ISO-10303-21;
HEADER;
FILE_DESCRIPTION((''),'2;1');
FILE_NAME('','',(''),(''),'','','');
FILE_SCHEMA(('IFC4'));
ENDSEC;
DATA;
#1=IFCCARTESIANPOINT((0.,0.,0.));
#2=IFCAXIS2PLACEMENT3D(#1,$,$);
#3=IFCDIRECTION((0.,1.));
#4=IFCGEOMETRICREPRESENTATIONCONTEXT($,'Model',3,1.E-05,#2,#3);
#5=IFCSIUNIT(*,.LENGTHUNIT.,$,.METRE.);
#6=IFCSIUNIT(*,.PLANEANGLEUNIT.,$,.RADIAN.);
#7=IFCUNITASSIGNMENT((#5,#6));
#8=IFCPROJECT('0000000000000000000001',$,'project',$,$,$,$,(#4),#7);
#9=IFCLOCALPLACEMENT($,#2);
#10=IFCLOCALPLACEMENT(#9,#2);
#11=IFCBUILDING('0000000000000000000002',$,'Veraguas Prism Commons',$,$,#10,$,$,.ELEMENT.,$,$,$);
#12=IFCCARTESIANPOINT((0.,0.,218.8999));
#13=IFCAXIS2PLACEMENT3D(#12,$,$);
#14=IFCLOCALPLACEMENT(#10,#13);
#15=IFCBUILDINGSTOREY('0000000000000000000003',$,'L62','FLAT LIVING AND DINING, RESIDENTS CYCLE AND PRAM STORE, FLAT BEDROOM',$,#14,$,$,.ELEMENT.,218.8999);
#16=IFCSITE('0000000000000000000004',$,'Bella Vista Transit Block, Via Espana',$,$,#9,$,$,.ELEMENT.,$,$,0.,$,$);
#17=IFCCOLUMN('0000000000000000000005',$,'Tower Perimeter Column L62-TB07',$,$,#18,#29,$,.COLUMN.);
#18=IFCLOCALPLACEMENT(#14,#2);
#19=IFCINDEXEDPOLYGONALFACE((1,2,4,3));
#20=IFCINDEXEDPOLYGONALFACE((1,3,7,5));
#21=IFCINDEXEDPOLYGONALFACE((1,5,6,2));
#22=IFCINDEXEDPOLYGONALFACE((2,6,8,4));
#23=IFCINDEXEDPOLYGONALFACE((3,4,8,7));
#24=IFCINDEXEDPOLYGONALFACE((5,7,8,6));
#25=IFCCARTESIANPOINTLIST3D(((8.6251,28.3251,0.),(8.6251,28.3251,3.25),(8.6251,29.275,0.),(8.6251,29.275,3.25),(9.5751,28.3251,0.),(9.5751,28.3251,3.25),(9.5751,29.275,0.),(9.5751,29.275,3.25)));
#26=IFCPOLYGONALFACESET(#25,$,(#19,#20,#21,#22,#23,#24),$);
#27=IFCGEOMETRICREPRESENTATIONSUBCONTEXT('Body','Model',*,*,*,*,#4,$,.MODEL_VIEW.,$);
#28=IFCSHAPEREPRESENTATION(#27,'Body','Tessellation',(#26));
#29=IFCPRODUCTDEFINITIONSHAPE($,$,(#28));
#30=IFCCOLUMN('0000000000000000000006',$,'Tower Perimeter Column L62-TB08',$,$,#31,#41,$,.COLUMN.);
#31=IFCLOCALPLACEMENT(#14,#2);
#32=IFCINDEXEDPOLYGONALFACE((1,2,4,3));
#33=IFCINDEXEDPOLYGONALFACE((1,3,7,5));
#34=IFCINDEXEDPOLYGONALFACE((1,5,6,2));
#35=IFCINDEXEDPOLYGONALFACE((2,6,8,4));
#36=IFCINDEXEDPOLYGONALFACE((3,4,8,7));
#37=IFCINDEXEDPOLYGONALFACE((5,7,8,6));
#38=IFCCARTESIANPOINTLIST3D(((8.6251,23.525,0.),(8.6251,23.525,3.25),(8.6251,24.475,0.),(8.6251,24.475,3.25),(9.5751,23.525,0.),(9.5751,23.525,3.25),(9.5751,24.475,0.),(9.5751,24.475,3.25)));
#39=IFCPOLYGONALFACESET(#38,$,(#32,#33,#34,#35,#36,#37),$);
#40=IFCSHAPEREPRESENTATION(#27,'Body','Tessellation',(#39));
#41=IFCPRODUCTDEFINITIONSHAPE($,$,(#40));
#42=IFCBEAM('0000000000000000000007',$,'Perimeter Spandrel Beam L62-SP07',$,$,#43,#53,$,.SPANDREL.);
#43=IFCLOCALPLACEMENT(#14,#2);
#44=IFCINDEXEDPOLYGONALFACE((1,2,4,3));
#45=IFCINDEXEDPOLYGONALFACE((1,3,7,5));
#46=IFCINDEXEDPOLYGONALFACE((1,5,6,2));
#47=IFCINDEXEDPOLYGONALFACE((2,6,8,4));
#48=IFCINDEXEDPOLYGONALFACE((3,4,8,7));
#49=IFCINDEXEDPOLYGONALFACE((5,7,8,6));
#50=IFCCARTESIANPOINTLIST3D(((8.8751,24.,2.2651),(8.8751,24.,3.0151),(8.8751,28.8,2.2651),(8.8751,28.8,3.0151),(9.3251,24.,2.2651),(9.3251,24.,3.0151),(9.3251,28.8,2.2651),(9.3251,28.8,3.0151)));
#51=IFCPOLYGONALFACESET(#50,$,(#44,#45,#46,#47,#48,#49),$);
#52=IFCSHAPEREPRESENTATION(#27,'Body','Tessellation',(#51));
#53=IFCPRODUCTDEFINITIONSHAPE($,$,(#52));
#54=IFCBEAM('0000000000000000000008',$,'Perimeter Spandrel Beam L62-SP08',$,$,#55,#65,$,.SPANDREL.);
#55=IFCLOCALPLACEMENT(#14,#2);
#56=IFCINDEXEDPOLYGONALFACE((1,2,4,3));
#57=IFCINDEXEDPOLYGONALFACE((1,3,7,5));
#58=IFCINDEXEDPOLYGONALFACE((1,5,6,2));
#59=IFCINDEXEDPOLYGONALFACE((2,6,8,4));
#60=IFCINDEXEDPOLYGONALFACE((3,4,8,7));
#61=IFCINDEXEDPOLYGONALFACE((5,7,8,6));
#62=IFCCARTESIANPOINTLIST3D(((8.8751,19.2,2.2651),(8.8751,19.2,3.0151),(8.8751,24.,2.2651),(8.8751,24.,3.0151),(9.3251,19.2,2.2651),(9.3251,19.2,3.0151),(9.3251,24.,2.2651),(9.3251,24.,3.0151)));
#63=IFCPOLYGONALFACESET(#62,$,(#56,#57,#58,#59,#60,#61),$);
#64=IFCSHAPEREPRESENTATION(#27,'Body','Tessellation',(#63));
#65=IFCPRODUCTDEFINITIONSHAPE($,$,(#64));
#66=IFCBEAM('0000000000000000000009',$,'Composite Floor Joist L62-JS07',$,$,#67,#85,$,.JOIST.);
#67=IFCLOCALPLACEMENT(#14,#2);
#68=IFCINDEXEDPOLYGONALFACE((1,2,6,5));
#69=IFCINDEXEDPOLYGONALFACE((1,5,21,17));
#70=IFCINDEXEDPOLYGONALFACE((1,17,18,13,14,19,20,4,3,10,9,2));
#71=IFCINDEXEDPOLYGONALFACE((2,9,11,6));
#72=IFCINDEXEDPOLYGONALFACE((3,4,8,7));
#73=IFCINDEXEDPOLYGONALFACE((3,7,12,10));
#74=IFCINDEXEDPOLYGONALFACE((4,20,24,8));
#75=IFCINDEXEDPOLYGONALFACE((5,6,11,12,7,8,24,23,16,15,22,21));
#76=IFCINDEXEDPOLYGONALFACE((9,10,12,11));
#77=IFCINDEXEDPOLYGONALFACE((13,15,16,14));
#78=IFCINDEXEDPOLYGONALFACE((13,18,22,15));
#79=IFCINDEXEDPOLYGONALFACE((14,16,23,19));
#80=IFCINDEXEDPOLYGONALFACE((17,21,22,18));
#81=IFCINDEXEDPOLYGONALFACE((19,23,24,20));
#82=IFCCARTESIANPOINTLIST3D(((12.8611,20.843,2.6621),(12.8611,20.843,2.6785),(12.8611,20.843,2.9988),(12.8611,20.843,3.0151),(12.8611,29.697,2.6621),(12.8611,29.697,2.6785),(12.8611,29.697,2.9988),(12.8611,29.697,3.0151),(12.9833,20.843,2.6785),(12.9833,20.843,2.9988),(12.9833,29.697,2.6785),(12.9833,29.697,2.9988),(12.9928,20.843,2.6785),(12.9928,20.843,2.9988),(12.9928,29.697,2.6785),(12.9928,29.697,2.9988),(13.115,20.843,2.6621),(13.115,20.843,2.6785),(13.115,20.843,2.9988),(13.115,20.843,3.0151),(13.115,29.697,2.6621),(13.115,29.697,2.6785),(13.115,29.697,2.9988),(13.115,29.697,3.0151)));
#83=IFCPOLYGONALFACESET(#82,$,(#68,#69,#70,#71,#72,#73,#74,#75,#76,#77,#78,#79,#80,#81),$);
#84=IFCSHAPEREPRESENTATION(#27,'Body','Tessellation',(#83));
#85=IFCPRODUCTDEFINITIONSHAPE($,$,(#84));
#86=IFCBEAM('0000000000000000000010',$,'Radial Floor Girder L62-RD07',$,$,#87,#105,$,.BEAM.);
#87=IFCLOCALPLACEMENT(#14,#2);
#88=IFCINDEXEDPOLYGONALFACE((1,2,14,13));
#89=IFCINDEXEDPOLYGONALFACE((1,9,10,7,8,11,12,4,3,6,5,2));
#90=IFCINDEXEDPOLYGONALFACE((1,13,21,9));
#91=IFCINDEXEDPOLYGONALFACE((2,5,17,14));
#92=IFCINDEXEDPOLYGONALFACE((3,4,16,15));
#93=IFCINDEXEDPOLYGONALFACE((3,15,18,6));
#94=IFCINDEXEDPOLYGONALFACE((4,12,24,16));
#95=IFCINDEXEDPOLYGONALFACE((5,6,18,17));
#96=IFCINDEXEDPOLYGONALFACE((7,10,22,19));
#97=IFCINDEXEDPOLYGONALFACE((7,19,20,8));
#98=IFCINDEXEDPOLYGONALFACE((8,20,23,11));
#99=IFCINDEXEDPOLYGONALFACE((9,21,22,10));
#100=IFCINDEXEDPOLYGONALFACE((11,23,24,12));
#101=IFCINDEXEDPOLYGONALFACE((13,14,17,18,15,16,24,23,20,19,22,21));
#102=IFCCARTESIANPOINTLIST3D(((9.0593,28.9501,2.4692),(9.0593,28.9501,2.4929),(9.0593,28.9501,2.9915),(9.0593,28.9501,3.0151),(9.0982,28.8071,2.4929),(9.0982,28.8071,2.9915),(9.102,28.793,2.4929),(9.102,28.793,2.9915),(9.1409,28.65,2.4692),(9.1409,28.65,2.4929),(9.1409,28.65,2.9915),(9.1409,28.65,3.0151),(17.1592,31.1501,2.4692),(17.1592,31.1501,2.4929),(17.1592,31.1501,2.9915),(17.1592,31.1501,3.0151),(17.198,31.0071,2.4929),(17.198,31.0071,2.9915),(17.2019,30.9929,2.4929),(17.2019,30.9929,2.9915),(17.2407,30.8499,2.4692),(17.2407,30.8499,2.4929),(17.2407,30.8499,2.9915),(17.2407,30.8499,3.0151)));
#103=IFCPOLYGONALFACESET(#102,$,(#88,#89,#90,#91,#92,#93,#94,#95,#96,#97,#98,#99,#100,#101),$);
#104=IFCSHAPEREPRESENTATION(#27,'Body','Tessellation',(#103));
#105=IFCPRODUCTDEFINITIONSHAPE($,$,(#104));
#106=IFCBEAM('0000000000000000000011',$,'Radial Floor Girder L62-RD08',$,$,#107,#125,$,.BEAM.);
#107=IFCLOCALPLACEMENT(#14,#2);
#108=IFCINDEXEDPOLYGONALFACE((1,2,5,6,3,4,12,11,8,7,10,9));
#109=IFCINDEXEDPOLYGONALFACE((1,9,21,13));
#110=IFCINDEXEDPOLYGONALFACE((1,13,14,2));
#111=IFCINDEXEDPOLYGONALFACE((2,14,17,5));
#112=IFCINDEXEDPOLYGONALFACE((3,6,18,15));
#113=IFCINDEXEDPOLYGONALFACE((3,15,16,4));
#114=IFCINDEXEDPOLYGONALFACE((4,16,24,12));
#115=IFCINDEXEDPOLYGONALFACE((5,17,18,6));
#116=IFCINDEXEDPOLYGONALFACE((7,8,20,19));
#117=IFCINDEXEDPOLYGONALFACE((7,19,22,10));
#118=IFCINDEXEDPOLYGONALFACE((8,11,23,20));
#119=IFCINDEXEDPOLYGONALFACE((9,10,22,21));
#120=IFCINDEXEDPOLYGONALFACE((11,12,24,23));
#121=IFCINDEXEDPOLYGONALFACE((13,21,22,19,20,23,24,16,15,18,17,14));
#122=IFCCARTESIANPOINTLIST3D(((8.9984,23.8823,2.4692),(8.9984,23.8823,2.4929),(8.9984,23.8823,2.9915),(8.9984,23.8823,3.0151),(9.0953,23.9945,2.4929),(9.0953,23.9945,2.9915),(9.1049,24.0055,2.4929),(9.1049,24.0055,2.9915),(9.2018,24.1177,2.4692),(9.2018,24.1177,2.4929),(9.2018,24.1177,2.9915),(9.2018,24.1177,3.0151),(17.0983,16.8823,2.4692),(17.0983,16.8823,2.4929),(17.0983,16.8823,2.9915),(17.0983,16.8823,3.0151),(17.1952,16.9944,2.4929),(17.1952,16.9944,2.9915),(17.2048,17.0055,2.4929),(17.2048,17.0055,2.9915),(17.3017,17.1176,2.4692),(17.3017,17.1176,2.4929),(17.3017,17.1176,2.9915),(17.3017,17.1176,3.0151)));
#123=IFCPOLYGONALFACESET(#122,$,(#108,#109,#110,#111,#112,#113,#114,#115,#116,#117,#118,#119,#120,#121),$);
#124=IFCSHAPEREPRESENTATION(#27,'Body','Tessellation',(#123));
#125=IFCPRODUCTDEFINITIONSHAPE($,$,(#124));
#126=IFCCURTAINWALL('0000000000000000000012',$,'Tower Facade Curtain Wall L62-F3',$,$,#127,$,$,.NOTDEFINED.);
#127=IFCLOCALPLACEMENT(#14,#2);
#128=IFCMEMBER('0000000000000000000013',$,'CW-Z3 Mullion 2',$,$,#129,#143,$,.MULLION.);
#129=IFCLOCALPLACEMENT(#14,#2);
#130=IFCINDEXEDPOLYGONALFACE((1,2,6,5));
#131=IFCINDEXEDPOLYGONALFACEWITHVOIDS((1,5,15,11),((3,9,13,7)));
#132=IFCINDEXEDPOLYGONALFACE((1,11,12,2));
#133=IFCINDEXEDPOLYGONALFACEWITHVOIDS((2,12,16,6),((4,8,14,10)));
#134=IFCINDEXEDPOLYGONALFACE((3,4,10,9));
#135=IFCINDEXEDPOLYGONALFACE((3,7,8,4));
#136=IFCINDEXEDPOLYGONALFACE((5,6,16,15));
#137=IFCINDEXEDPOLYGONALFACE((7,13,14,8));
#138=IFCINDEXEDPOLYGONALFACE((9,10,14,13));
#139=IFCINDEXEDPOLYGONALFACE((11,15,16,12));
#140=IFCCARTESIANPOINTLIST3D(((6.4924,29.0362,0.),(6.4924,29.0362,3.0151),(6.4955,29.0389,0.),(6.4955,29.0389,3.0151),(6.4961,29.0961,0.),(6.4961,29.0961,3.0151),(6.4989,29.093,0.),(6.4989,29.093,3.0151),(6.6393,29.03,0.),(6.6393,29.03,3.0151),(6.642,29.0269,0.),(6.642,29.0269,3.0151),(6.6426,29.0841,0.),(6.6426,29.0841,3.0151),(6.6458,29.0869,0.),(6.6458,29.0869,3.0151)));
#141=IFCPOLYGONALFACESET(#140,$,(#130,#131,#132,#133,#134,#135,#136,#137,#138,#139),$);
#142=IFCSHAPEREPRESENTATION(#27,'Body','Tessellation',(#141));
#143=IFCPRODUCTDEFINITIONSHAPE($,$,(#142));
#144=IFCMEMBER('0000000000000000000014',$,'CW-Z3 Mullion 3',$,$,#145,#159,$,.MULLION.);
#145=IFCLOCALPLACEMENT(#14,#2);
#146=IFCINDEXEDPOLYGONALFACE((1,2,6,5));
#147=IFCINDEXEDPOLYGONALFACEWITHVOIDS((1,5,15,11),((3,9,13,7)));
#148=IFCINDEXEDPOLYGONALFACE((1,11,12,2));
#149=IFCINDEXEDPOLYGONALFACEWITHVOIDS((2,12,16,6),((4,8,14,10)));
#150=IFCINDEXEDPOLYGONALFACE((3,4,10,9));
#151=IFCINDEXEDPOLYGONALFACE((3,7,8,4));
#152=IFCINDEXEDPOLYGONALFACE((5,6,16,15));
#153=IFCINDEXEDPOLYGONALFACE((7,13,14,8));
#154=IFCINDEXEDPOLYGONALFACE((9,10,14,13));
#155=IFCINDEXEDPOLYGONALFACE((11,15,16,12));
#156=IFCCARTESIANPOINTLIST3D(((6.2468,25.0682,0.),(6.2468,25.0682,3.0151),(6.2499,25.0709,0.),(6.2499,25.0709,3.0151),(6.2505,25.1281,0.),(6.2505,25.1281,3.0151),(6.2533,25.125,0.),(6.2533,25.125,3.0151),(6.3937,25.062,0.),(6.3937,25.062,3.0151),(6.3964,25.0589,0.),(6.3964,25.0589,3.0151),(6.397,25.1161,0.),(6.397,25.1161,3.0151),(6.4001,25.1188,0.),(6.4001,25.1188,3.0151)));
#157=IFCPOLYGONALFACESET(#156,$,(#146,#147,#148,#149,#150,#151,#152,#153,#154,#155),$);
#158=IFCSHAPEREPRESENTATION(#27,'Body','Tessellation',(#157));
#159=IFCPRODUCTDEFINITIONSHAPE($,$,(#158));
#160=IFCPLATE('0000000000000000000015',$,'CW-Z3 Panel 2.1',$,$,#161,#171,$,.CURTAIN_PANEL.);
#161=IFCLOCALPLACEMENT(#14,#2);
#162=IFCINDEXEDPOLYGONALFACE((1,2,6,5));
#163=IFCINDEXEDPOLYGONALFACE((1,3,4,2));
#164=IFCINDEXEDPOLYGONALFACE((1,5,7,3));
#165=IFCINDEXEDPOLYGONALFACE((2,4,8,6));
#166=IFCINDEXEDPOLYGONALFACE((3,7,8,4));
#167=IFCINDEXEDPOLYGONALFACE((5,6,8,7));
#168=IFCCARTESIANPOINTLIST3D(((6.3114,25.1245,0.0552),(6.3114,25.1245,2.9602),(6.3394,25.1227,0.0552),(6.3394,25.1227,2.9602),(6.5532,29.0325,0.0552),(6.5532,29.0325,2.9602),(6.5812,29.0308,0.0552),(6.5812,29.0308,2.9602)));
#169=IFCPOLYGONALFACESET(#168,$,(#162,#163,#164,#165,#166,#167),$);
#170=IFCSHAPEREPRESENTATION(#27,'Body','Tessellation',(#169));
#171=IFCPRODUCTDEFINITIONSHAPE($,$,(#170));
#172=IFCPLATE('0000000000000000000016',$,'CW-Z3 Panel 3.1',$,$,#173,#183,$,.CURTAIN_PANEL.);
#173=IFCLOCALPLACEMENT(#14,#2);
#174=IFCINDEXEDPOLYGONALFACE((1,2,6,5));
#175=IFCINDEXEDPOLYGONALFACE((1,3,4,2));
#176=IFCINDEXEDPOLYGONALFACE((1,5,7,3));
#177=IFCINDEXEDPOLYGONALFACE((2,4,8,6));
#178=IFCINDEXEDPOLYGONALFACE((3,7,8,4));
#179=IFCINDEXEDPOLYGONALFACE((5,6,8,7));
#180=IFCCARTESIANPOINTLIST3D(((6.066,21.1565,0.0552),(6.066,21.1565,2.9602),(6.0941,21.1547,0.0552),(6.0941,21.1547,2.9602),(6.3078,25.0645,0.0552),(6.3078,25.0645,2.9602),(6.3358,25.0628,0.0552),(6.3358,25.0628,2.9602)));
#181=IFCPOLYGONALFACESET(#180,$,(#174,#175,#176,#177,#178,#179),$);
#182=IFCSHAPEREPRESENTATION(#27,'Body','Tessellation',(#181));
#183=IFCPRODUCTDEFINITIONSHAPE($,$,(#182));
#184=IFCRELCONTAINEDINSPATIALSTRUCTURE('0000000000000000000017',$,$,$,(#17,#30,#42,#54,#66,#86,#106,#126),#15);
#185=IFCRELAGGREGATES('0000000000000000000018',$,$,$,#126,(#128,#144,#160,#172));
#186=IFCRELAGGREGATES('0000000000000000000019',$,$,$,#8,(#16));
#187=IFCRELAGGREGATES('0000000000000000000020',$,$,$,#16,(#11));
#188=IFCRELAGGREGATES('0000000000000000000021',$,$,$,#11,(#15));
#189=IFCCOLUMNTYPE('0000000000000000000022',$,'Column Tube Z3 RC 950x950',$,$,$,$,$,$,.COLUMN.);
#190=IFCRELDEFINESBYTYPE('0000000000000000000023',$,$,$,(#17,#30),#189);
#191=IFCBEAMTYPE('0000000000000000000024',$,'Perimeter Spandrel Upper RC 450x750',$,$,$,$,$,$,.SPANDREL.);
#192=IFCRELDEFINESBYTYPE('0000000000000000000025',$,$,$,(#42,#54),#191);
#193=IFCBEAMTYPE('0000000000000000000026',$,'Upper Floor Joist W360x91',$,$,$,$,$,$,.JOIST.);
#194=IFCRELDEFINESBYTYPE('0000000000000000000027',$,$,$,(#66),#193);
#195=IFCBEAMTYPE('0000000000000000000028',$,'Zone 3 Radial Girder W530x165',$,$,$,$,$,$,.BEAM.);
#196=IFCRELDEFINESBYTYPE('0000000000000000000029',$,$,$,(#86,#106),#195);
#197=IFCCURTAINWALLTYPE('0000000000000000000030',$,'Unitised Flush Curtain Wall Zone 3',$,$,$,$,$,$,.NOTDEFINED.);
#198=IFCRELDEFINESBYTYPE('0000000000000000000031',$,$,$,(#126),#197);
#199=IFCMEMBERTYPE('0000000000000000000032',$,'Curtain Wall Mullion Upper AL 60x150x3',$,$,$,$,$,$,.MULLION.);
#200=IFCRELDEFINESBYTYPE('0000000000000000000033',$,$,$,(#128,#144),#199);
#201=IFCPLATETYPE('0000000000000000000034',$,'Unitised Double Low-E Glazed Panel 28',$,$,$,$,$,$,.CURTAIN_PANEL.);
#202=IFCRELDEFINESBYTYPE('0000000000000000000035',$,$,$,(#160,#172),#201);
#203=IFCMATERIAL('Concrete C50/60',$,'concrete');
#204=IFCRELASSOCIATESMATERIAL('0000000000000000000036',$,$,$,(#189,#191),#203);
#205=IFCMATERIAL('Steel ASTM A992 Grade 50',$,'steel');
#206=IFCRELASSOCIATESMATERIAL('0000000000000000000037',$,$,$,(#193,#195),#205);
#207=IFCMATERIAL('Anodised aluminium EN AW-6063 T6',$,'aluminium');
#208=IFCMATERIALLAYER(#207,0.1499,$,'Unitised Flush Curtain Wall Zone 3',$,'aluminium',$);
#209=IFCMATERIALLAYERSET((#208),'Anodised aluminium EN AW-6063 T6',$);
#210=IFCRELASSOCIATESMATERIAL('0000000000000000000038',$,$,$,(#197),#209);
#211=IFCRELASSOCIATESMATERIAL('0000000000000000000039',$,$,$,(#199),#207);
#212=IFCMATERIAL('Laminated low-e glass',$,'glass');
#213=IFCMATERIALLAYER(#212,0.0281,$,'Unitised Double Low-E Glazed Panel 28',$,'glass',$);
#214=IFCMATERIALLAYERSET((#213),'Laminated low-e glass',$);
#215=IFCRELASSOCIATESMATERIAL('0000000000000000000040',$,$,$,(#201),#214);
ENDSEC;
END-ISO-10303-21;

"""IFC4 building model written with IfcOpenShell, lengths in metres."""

from ifc_helpers import new_model, si_unit, direction, frame, origin, origin_2d, place, context, subcontext, project, spatial, rectangle, hollow_rectangle, i_section, extrude, source, transform, mapped, material, layer, layer_set, material_profile, profile_set, type_object, element, aggregate, save


model = new_model("IFC4")

# Units and contexts
model_context = context("Model", 3, precision=1e-05, world=origin(), true_north=direction((0.0, 1.0)))
body_context = subcontext(model_context, "Body", "Model", "MODEL_VIEW")
ifc_project = project(units=[si_unit("LENGTHUNIT", "METRE"), si_unit("PLANEANGLEUNIT", "RADIAN")], contexts=[model_context])

# Site, building, storey
site_placement = place(None, origin())
site = spatial("IfcSite", under=ifc_project, at=site_placement, Name="Bella Vista Transit Block, Via Espana", CompositionType="ELEMENT", RefElevation=0.0)
building_placement = place(site_placement, origin())
building = spatial("IfcBuilding", under=site, at=building_placement, Name="Veraguas Prism Commons", CompositionType="ELEMENT")
storey_placement = place(building_placement, frame((0.0, 0.0, 218.8999)))
storey = spatial("IfcBuildingStorey", under=building, at=storey_placement, Name="L62", Description="FLAT LIVING AND DINING, RESIDENTS CYCLE AND PRAM STORE, FLAT BEDROOM", CompositionType="ELEMENT", Elevation=218.8999)

# Columns
ifc_material_1 = material(Name="Concrete C50/60", Category="concrete")
ifc_material_profile_1 = material_profile(ifc_material_1, rectangle(XDim=0.95, YDim=0.95, at=origin_2d()), Name="RC950X950")
ifc_profile_set_1 = profile_set([ifc_material_profile_1], Name="Concrete C50/60")
column_type = type_object("IfcColumnType", Name="Column Tube Z3 RC 950x950", PredefinedType="COLUMN", material=ifc_profile_set_1)
for number, where, z_axis, x_axis, name in (
    (1, (9.1001, 28.8, 0.0), (0.0, 0.0, 1.0), (1.0, 0.0, 0.0), "Tower Perimeter Column L62-TB07"),
    (2, (9.1001, 24.0, 0.0), (0.0, 0.0, 1.0), (1.0, 0.0, 0.0), "Tower Perimeter Column L62-TB08"),
):
    element("IfcColumn", number, at=place(storey_placement, frame(where, z_axis=z_axis, x_axis=x_axis)), inside=storey, type_object=column_type, Name=name, PredefinedType="COLUMN", context=body_context, shape_type="SweptSolid", body=[
        extrude(rectangle(XDim=0.95, YDim=0.95, at=origin_2d()), origin(), (0.0, 0.0, 1.0), 3.25),
    ])

# Beams
ifc_material_profile_2 = material_profile(ifc_material_1, rectangle(XDim=0.45, YDim=0.75, at=origin_2d()), Name="RC450X750")
ifc_profile_set_2 = profile_set([ifc_material_profile_2], Name="Concrete C50/60")
beam_type_1 = type_object("IfcBeamType", Name="Perimeter Spandrel Upper RC 450x750", PredefinedType="SPANDREL", material=ifc_profile_set_2)
for number, where, z_axis, x_axis, name in (
    (3, (9.1001, 28.8, 2.6401), (0.0, -1.0, 0.0), (1.0, 0.0, 0.0), "Perimeter Spandrel Beam L62-SP07"),
    (4, (9.1001, 24.0, 2.6401), (0.0, -1.0, 0.0), (1.0, 0.0, 0.0), "Perimeter Spandrel Beam L62-SP08"),
):
    element("IfcBeam", number, at=place(storey_placement, frame(where, z_axis=z_axis, x_axis=x_axis)), inside=storey, type_object=beam_type_1, Name=name, PredefinedType="SPANDREL", context=body_context, shape_type="SweptSolid", body=[
        extrude(rectangle(XDim=0.45, YDim=0.75, at=origin_2d()), origin(), (0.0, 0.0, 1.0), 4.8),
    ])
ifc_material_2 = material(Name="Steel ASTM A992 Grade 50", Category="steel")
ifc_material_profile_3 = material_profile(ifc_material_2, i_section(OverallWidth=0.2539, OverallDepth=0.353, WebThickness=0.0095, FlangeThickness=0.0164, at=origin_2d()), Name="W360X91")
ifc_profile_set_3 = profile_set([ifc_material_profile_3], Name="Steel ASTM A992 Grade 50")
beam_type_2 = type_object("IfcBeamType", Name="Upper Floor Joist W360x91", PredefinedType="JOIST", material=ifc_profile_set_3)
beam_1_placement = place(storey_placement, frame((12.988, 29.697, 2.8386), z_axis=(0.0, -1.0, 0.0), x_axis=(1.0, 0.0, 0.0)))
element("IfcBeam", 5, at=beam_1_placement, inside=storey, type_object=beam_type_2, Name="Composite Floor Joist L62-JS07", PredefinedType="JOIST", context=body_context, shape_type="SweptSolid", body=[
    extrude(i_section(OverallWidth=0.2539, OverallDepth=0.353, WebThickness=0.0095, FlangeThickness=0.0164, at=origin_2d()), origin(), (0.0, 0.0, 1.0), 8.854),
])
ifc_material_profile_4 = material_profile(ifc_material_2, i_section(OverallWidth=0.311, OverallDepth=0.5459, WebThickness=0.0146, FlangeThickness=0.0237, at=origin_2d()), Name="W530X165")
ifc_profile_set_4 = profile_set([ifc_material_profile_4], Name="Steel ASTM A992 Grade 50")
beam_type_3 = type_object("IfcBeamType", Name="Zone 3 Radial Girder W530x165", PredefinedType="BEAM", material=ifc_profile_set_4)
beam_2_placement = place(storey_placement, frame((9.1001, 28.8, 2.7422), z_axis=(0.965039, 0.262108, 0.0), x_axis=(-0.262108, 0.965039, 0.0)))
element("IfcBeam", 6, at=beam_2_placement, inside=storey, type_object=beam_type_3, Name="Radial Floor Girder L62-RD07", PredefinedType="BEAM", context=body_context, shape_type="SweptSolid", body=[
    extrude(i_section(OverallWidth=0.311, OverallDepth=0.5459, WebThickness=0.0146, FlangeThickness=0.0237, at=origin_2d()), origin(), (0.0, 0.0, 1.0), 8.3933),
])
beam_3_placement = place(storey_placement, frame((9.1001, 24.0, 2.7422), z_axis=(0.756607, -0.65387, 0.0), x_axis=(0.65387, 0.756607, 0.0)))
element("IfcBeam", 7, at=beam_3_placement, inside=storey, type_object=beam_type_3, Name="Radial Floor Girder L62-RD08", PredefinedType="BEAM", context=body_context, shape_type="SweptSolid", body=[
    extrude(i_section(OverallWidth=0.311, OverallDepth=0.5459, WebThickness=0.0146, FlangeThickness=0.0237, at=origin_2d()), origin(), (0.0, 0.0, 1.0), 10.7056),
])

# Curtain wall, members, plates
ifc_material_3 = material(Name="Anodised aluminium EN AW-6063 T6", Category="aluminium")
ifc_layer_1 = layer(ifc_material_3, 0.1499, Name="Unitised Flush Curtain Wall Zone 3", Category="aluminium")
ifc_layer_set_1 = layer_set([ifc_layer_1], Name="Anodised aluminium EN AW-6063 T6")
curtain_wall_type = type_object("IfcCurtainWallType", Name="Unitised Flush Curtain Wall Zone 3", PredefinedType="NOTDEFINED", material=ifc_layer_set_1)
curtain_wall_placement = place(storey_placement, origin())
curtain_wall = element("IfcCurtainWall", 8, at=curtain_wall_placement, inside=storey, type_object=curtain_wall_type, Name="Tower Facade Curtain Wall L62-F3", PredefinedType="NOTDEFINED")
ifc_material_profile_5 = material_profile(ifc_material_3, hollow_rectangle(XDim=0.0601, YDim=0.1499, WallThickness=0.0029, at=origin_2d()), Name="AL60X150X3")
ifc_profile_set_5 = profile_set([ifc_material_profile_5], Name="Anodised aluminium EN AW-6063 T6")
member_type = type_object("IfcMemberType", Name="Curtain Wall Mullion Upper AL 60x150x3", PredefinedType="MULLION", material=ifc_profile_set_5)
shared_shape_1 = source(origin(), body_context, "Body", "SweptSolid", [
    extrude(hollow_rectangle(XDim=0.0601, YDim=0.1499, WallThickness=0.0029, at=origin_2d()), origin(), (0.0, 0.0, 1.0), 3.0151),
])
member_1_placement = place(storey_placement, frame((6.5691, 29.0615, 0.0), z_axis=(0.0, 0.0, 1.0), x_axis=(-0.061745, -0.998092, 0.0)))
member_1 = element("IfcMember", 9, at=member_1_placement, type_object=member_type, Name="CW-Z3 Mullion 2", PredefinedType="MULLION", context=body_context, shape_type="MappedRepresentation", body=[
    mapped(shared_shape_1, transform((0.0, 0.0, 0.0), scale=1.0)),
])
member_2_placement = place(storey_placement, frame((6.3235, 25.0935, 0.0), z_axis=(0.0, 0.0, 1.0), x_axis=(-0.061745, -0.998092, 0.0)))
member_2 = element("IfcMember", 10, at=member_2_placement, type_object=member_type, Name="CW-Z3 Mullion 3", PredefinedType="MULLION", context=body_context, shape_type="MappedRepresentation", body=[
    mapped(shared_shape_1, transform((0.0, 0.0, 0.0), scale=1.0)),
])
ifc_material_4 = material(Name="Laminated low-e glass", Category="glass")
ifc_layer_2 = layer(ifc_material_4, 0.0281, Name="Unitised Double Low-E Glazed Panel 28", Category="glass")
ifc_layer_set_2 = layer_set([ifc_layer_2], Name="Laminated low-e glass")
plate_type = type_object("IfcPlateType", Name="Unitised Double Low-E Glazed Panel 28", PredefinedType="CURTAIN_PANEL", material=ifc_layer_set_2)
shared_shape_2 = source(origin(), body_context, "Body", "SweptSolid", [
    extrude(rectangle(XDim=3.9155, YDim=0.0281, at=origin_2d()), origin(), (0.0, 0.0, 1.0), 2.905),
])
plate_1_placement = place(storey_placement, frame((6.4463, 27.0776, 0.0552), z_axis=(0.0, 0.0, 1.0), x_axis=(-0.061745, -0.998092, 0.0)))
plate_1 = element("IfcPlate", 11, at=plate_1_placement, type_object=plate_type, Name="CW-Z3 Panel 2.1", PredefinedType="CURTAIN_PANEL", context=body_context, shape_type="MappedRepresentation", body=[
    mapped(shared_shape_2, transform((0.0, 0.0, 0.0), scale=1.0)),
])
plate_2_placement = place(storey_placement, frame((6.2009, 23.1096, 0.0552), z_axis=(0.0, 0.0, 1.0), x_axis=(-0.061745, -0.998092, 0.0)))
plate_2 = element("IfcPlate", 12, at=plate_2_placement, type_object=plate_type, Name="CW-Z3 Panel 3.1", PredefinedType="CURTAIN_PANEL", context=body_context, shape_type="MappedRepresentation", body=[
    mapped(shared_shape_2, transform((0.0, 0.0, 0.0), scale=1.0)),
])
aggregate(curtain_wall, [member_1, member_2, plate_1, plate_2])

save(model, "model.ifc")
